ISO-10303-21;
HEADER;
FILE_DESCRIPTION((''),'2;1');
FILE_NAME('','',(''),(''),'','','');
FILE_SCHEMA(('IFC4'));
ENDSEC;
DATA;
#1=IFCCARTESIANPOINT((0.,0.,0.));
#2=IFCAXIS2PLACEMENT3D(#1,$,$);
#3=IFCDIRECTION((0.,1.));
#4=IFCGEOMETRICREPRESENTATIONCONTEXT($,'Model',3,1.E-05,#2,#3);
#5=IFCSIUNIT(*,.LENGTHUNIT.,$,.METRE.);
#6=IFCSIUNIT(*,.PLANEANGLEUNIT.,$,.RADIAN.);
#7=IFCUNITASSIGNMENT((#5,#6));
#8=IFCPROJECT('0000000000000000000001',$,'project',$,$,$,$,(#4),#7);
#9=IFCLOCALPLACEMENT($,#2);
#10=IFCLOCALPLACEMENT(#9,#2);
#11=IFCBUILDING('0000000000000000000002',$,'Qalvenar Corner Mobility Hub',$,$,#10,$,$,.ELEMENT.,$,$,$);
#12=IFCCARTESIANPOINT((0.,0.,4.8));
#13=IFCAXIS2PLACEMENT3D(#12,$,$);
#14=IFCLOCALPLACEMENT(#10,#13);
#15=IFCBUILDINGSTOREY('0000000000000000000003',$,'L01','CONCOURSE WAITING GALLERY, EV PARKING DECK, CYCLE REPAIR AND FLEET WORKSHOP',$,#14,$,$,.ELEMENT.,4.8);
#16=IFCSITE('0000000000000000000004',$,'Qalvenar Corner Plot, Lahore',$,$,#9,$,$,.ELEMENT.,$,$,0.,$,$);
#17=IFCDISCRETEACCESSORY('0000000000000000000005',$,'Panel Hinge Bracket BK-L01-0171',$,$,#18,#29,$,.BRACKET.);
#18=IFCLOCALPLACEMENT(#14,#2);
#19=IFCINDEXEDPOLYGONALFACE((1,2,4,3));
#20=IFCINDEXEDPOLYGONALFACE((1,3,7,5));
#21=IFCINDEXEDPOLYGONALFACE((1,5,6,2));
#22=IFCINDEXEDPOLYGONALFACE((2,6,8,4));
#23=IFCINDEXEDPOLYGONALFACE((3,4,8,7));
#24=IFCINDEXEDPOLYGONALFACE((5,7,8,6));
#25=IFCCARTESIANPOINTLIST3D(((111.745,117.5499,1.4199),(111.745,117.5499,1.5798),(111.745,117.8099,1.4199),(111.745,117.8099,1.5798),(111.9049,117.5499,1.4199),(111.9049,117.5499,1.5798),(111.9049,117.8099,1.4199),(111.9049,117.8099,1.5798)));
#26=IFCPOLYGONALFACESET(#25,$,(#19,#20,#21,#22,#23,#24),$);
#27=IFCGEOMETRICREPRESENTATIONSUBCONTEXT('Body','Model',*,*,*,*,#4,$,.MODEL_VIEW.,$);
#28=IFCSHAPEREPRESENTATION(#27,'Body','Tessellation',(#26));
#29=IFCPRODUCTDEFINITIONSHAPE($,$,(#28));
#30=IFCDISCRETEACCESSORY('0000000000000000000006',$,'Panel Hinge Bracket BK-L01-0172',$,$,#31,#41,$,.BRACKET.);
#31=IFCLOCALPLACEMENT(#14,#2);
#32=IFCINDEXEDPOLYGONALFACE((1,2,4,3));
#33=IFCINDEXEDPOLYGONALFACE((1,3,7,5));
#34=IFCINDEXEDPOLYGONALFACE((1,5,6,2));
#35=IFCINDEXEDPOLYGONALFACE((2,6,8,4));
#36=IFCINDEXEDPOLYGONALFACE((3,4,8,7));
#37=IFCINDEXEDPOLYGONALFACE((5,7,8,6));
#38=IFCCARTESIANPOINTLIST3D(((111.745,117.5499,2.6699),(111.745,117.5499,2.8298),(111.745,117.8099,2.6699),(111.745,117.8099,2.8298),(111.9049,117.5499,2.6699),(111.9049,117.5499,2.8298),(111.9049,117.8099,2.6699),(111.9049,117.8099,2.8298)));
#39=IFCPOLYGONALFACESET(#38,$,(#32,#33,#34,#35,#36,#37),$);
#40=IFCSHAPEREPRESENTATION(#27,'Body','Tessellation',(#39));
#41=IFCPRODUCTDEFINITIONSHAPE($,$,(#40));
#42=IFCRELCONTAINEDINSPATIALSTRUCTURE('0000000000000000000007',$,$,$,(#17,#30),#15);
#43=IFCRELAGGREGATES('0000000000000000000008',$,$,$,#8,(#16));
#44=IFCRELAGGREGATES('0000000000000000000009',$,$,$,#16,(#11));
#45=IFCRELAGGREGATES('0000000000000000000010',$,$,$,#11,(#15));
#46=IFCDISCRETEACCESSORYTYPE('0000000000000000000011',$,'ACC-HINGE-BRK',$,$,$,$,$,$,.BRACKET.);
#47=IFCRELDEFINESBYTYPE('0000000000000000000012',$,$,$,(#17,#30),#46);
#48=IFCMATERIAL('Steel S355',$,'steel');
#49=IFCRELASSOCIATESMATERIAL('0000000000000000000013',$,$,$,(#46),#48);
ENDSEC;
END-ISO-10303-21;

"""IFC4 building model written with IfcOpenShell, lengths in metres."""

from ifc_helpers import new_model, si_unit, direction, frame, origin, origin_2d, place, context, subcontext, project, spatial, rectangle, extrude, material, type_object, element, save


model = new_model("IFC4")

# Units and contexts
model_context = context("Model", 3, precision=1e-05, world=origin(), true_north=direction((0.0, 1.0)))
body_context = subcontext(model_context, "Body", "Model", "MODEL_VIEW")
ifc_project = project(units=[si_unit("LENGTHUNIT", "METRE"), si_unit("PLANEANGLEUNIT", "RADIAN")], contexts=[model_context])

# Site, building, storey
site_placement = place(None, origin())
site = spatial("IfcSite", under=ifc_project, at=site_placement, Name="Qalvenar Corner Plot, Lahore", CompositionType="ELEMENT", RefElevation=0.0)
building_placement = place(site_placement, origin())
building = spatial("IfcBuilding", under=site, at=building_placement, Name="Qalvenar Corner Mobility Hub", CompositionType="ELEMENT")
storey_placement = place(building_placement, frame((0.0, 0.0, 4.8)))
storey = spatial("IfcBuildingStorey", under=building, at=storey_placement, Name="L01", Description="CONCOURSE WAITING GALLERY, EV PARKING DECK, CYCLE REPAIR AND FLEET WORKSHOP", CompositionType="ELEMENT", Elevation=4.8)

# Shared definitions
ifc_material = material(Name="Steel S355", Category="steel")

# Discrete accessories
discrete_accessory_type_1 = type_object("IfcDiscreteAccessoryType", Name="ACC-HINGE-BRK", PredefinedType="BRACKET", material=ifc_material)
for number, where, z_axis, x_axis, name in (
    (1, (111.825, 117.6799, 1.4199), (0.0, 0.0, 1.0), (-1.0, 0.0, 0.0), "Panel Hinge Bracket BK-L01-0171"),
    (2, (111.825, 117.6799, 2.6699), (0.0, 0.0, 1.0), (-1.0, 0.0, 0.0), "Panel Hinge Bracket BK-L01-0172"),
):
    element("IfcDiscreteAccessory", number, at=place(storey_placement, frame(where, z_axis=z_axis, x_axis=x_axis)), inside=storey, type_object=discrete_accessory_type_1, Name=name, PredefinedType="BRACKET", context=body_context, shape_type="SweptSolid", body=[
        extrude(rectangle(XDim=0.1599, YDim=0.26, at=origin_2d()), origin(), (0.0, 0.0, 1.0), 0.1599),
    ])

save(model, "model.ifc")
